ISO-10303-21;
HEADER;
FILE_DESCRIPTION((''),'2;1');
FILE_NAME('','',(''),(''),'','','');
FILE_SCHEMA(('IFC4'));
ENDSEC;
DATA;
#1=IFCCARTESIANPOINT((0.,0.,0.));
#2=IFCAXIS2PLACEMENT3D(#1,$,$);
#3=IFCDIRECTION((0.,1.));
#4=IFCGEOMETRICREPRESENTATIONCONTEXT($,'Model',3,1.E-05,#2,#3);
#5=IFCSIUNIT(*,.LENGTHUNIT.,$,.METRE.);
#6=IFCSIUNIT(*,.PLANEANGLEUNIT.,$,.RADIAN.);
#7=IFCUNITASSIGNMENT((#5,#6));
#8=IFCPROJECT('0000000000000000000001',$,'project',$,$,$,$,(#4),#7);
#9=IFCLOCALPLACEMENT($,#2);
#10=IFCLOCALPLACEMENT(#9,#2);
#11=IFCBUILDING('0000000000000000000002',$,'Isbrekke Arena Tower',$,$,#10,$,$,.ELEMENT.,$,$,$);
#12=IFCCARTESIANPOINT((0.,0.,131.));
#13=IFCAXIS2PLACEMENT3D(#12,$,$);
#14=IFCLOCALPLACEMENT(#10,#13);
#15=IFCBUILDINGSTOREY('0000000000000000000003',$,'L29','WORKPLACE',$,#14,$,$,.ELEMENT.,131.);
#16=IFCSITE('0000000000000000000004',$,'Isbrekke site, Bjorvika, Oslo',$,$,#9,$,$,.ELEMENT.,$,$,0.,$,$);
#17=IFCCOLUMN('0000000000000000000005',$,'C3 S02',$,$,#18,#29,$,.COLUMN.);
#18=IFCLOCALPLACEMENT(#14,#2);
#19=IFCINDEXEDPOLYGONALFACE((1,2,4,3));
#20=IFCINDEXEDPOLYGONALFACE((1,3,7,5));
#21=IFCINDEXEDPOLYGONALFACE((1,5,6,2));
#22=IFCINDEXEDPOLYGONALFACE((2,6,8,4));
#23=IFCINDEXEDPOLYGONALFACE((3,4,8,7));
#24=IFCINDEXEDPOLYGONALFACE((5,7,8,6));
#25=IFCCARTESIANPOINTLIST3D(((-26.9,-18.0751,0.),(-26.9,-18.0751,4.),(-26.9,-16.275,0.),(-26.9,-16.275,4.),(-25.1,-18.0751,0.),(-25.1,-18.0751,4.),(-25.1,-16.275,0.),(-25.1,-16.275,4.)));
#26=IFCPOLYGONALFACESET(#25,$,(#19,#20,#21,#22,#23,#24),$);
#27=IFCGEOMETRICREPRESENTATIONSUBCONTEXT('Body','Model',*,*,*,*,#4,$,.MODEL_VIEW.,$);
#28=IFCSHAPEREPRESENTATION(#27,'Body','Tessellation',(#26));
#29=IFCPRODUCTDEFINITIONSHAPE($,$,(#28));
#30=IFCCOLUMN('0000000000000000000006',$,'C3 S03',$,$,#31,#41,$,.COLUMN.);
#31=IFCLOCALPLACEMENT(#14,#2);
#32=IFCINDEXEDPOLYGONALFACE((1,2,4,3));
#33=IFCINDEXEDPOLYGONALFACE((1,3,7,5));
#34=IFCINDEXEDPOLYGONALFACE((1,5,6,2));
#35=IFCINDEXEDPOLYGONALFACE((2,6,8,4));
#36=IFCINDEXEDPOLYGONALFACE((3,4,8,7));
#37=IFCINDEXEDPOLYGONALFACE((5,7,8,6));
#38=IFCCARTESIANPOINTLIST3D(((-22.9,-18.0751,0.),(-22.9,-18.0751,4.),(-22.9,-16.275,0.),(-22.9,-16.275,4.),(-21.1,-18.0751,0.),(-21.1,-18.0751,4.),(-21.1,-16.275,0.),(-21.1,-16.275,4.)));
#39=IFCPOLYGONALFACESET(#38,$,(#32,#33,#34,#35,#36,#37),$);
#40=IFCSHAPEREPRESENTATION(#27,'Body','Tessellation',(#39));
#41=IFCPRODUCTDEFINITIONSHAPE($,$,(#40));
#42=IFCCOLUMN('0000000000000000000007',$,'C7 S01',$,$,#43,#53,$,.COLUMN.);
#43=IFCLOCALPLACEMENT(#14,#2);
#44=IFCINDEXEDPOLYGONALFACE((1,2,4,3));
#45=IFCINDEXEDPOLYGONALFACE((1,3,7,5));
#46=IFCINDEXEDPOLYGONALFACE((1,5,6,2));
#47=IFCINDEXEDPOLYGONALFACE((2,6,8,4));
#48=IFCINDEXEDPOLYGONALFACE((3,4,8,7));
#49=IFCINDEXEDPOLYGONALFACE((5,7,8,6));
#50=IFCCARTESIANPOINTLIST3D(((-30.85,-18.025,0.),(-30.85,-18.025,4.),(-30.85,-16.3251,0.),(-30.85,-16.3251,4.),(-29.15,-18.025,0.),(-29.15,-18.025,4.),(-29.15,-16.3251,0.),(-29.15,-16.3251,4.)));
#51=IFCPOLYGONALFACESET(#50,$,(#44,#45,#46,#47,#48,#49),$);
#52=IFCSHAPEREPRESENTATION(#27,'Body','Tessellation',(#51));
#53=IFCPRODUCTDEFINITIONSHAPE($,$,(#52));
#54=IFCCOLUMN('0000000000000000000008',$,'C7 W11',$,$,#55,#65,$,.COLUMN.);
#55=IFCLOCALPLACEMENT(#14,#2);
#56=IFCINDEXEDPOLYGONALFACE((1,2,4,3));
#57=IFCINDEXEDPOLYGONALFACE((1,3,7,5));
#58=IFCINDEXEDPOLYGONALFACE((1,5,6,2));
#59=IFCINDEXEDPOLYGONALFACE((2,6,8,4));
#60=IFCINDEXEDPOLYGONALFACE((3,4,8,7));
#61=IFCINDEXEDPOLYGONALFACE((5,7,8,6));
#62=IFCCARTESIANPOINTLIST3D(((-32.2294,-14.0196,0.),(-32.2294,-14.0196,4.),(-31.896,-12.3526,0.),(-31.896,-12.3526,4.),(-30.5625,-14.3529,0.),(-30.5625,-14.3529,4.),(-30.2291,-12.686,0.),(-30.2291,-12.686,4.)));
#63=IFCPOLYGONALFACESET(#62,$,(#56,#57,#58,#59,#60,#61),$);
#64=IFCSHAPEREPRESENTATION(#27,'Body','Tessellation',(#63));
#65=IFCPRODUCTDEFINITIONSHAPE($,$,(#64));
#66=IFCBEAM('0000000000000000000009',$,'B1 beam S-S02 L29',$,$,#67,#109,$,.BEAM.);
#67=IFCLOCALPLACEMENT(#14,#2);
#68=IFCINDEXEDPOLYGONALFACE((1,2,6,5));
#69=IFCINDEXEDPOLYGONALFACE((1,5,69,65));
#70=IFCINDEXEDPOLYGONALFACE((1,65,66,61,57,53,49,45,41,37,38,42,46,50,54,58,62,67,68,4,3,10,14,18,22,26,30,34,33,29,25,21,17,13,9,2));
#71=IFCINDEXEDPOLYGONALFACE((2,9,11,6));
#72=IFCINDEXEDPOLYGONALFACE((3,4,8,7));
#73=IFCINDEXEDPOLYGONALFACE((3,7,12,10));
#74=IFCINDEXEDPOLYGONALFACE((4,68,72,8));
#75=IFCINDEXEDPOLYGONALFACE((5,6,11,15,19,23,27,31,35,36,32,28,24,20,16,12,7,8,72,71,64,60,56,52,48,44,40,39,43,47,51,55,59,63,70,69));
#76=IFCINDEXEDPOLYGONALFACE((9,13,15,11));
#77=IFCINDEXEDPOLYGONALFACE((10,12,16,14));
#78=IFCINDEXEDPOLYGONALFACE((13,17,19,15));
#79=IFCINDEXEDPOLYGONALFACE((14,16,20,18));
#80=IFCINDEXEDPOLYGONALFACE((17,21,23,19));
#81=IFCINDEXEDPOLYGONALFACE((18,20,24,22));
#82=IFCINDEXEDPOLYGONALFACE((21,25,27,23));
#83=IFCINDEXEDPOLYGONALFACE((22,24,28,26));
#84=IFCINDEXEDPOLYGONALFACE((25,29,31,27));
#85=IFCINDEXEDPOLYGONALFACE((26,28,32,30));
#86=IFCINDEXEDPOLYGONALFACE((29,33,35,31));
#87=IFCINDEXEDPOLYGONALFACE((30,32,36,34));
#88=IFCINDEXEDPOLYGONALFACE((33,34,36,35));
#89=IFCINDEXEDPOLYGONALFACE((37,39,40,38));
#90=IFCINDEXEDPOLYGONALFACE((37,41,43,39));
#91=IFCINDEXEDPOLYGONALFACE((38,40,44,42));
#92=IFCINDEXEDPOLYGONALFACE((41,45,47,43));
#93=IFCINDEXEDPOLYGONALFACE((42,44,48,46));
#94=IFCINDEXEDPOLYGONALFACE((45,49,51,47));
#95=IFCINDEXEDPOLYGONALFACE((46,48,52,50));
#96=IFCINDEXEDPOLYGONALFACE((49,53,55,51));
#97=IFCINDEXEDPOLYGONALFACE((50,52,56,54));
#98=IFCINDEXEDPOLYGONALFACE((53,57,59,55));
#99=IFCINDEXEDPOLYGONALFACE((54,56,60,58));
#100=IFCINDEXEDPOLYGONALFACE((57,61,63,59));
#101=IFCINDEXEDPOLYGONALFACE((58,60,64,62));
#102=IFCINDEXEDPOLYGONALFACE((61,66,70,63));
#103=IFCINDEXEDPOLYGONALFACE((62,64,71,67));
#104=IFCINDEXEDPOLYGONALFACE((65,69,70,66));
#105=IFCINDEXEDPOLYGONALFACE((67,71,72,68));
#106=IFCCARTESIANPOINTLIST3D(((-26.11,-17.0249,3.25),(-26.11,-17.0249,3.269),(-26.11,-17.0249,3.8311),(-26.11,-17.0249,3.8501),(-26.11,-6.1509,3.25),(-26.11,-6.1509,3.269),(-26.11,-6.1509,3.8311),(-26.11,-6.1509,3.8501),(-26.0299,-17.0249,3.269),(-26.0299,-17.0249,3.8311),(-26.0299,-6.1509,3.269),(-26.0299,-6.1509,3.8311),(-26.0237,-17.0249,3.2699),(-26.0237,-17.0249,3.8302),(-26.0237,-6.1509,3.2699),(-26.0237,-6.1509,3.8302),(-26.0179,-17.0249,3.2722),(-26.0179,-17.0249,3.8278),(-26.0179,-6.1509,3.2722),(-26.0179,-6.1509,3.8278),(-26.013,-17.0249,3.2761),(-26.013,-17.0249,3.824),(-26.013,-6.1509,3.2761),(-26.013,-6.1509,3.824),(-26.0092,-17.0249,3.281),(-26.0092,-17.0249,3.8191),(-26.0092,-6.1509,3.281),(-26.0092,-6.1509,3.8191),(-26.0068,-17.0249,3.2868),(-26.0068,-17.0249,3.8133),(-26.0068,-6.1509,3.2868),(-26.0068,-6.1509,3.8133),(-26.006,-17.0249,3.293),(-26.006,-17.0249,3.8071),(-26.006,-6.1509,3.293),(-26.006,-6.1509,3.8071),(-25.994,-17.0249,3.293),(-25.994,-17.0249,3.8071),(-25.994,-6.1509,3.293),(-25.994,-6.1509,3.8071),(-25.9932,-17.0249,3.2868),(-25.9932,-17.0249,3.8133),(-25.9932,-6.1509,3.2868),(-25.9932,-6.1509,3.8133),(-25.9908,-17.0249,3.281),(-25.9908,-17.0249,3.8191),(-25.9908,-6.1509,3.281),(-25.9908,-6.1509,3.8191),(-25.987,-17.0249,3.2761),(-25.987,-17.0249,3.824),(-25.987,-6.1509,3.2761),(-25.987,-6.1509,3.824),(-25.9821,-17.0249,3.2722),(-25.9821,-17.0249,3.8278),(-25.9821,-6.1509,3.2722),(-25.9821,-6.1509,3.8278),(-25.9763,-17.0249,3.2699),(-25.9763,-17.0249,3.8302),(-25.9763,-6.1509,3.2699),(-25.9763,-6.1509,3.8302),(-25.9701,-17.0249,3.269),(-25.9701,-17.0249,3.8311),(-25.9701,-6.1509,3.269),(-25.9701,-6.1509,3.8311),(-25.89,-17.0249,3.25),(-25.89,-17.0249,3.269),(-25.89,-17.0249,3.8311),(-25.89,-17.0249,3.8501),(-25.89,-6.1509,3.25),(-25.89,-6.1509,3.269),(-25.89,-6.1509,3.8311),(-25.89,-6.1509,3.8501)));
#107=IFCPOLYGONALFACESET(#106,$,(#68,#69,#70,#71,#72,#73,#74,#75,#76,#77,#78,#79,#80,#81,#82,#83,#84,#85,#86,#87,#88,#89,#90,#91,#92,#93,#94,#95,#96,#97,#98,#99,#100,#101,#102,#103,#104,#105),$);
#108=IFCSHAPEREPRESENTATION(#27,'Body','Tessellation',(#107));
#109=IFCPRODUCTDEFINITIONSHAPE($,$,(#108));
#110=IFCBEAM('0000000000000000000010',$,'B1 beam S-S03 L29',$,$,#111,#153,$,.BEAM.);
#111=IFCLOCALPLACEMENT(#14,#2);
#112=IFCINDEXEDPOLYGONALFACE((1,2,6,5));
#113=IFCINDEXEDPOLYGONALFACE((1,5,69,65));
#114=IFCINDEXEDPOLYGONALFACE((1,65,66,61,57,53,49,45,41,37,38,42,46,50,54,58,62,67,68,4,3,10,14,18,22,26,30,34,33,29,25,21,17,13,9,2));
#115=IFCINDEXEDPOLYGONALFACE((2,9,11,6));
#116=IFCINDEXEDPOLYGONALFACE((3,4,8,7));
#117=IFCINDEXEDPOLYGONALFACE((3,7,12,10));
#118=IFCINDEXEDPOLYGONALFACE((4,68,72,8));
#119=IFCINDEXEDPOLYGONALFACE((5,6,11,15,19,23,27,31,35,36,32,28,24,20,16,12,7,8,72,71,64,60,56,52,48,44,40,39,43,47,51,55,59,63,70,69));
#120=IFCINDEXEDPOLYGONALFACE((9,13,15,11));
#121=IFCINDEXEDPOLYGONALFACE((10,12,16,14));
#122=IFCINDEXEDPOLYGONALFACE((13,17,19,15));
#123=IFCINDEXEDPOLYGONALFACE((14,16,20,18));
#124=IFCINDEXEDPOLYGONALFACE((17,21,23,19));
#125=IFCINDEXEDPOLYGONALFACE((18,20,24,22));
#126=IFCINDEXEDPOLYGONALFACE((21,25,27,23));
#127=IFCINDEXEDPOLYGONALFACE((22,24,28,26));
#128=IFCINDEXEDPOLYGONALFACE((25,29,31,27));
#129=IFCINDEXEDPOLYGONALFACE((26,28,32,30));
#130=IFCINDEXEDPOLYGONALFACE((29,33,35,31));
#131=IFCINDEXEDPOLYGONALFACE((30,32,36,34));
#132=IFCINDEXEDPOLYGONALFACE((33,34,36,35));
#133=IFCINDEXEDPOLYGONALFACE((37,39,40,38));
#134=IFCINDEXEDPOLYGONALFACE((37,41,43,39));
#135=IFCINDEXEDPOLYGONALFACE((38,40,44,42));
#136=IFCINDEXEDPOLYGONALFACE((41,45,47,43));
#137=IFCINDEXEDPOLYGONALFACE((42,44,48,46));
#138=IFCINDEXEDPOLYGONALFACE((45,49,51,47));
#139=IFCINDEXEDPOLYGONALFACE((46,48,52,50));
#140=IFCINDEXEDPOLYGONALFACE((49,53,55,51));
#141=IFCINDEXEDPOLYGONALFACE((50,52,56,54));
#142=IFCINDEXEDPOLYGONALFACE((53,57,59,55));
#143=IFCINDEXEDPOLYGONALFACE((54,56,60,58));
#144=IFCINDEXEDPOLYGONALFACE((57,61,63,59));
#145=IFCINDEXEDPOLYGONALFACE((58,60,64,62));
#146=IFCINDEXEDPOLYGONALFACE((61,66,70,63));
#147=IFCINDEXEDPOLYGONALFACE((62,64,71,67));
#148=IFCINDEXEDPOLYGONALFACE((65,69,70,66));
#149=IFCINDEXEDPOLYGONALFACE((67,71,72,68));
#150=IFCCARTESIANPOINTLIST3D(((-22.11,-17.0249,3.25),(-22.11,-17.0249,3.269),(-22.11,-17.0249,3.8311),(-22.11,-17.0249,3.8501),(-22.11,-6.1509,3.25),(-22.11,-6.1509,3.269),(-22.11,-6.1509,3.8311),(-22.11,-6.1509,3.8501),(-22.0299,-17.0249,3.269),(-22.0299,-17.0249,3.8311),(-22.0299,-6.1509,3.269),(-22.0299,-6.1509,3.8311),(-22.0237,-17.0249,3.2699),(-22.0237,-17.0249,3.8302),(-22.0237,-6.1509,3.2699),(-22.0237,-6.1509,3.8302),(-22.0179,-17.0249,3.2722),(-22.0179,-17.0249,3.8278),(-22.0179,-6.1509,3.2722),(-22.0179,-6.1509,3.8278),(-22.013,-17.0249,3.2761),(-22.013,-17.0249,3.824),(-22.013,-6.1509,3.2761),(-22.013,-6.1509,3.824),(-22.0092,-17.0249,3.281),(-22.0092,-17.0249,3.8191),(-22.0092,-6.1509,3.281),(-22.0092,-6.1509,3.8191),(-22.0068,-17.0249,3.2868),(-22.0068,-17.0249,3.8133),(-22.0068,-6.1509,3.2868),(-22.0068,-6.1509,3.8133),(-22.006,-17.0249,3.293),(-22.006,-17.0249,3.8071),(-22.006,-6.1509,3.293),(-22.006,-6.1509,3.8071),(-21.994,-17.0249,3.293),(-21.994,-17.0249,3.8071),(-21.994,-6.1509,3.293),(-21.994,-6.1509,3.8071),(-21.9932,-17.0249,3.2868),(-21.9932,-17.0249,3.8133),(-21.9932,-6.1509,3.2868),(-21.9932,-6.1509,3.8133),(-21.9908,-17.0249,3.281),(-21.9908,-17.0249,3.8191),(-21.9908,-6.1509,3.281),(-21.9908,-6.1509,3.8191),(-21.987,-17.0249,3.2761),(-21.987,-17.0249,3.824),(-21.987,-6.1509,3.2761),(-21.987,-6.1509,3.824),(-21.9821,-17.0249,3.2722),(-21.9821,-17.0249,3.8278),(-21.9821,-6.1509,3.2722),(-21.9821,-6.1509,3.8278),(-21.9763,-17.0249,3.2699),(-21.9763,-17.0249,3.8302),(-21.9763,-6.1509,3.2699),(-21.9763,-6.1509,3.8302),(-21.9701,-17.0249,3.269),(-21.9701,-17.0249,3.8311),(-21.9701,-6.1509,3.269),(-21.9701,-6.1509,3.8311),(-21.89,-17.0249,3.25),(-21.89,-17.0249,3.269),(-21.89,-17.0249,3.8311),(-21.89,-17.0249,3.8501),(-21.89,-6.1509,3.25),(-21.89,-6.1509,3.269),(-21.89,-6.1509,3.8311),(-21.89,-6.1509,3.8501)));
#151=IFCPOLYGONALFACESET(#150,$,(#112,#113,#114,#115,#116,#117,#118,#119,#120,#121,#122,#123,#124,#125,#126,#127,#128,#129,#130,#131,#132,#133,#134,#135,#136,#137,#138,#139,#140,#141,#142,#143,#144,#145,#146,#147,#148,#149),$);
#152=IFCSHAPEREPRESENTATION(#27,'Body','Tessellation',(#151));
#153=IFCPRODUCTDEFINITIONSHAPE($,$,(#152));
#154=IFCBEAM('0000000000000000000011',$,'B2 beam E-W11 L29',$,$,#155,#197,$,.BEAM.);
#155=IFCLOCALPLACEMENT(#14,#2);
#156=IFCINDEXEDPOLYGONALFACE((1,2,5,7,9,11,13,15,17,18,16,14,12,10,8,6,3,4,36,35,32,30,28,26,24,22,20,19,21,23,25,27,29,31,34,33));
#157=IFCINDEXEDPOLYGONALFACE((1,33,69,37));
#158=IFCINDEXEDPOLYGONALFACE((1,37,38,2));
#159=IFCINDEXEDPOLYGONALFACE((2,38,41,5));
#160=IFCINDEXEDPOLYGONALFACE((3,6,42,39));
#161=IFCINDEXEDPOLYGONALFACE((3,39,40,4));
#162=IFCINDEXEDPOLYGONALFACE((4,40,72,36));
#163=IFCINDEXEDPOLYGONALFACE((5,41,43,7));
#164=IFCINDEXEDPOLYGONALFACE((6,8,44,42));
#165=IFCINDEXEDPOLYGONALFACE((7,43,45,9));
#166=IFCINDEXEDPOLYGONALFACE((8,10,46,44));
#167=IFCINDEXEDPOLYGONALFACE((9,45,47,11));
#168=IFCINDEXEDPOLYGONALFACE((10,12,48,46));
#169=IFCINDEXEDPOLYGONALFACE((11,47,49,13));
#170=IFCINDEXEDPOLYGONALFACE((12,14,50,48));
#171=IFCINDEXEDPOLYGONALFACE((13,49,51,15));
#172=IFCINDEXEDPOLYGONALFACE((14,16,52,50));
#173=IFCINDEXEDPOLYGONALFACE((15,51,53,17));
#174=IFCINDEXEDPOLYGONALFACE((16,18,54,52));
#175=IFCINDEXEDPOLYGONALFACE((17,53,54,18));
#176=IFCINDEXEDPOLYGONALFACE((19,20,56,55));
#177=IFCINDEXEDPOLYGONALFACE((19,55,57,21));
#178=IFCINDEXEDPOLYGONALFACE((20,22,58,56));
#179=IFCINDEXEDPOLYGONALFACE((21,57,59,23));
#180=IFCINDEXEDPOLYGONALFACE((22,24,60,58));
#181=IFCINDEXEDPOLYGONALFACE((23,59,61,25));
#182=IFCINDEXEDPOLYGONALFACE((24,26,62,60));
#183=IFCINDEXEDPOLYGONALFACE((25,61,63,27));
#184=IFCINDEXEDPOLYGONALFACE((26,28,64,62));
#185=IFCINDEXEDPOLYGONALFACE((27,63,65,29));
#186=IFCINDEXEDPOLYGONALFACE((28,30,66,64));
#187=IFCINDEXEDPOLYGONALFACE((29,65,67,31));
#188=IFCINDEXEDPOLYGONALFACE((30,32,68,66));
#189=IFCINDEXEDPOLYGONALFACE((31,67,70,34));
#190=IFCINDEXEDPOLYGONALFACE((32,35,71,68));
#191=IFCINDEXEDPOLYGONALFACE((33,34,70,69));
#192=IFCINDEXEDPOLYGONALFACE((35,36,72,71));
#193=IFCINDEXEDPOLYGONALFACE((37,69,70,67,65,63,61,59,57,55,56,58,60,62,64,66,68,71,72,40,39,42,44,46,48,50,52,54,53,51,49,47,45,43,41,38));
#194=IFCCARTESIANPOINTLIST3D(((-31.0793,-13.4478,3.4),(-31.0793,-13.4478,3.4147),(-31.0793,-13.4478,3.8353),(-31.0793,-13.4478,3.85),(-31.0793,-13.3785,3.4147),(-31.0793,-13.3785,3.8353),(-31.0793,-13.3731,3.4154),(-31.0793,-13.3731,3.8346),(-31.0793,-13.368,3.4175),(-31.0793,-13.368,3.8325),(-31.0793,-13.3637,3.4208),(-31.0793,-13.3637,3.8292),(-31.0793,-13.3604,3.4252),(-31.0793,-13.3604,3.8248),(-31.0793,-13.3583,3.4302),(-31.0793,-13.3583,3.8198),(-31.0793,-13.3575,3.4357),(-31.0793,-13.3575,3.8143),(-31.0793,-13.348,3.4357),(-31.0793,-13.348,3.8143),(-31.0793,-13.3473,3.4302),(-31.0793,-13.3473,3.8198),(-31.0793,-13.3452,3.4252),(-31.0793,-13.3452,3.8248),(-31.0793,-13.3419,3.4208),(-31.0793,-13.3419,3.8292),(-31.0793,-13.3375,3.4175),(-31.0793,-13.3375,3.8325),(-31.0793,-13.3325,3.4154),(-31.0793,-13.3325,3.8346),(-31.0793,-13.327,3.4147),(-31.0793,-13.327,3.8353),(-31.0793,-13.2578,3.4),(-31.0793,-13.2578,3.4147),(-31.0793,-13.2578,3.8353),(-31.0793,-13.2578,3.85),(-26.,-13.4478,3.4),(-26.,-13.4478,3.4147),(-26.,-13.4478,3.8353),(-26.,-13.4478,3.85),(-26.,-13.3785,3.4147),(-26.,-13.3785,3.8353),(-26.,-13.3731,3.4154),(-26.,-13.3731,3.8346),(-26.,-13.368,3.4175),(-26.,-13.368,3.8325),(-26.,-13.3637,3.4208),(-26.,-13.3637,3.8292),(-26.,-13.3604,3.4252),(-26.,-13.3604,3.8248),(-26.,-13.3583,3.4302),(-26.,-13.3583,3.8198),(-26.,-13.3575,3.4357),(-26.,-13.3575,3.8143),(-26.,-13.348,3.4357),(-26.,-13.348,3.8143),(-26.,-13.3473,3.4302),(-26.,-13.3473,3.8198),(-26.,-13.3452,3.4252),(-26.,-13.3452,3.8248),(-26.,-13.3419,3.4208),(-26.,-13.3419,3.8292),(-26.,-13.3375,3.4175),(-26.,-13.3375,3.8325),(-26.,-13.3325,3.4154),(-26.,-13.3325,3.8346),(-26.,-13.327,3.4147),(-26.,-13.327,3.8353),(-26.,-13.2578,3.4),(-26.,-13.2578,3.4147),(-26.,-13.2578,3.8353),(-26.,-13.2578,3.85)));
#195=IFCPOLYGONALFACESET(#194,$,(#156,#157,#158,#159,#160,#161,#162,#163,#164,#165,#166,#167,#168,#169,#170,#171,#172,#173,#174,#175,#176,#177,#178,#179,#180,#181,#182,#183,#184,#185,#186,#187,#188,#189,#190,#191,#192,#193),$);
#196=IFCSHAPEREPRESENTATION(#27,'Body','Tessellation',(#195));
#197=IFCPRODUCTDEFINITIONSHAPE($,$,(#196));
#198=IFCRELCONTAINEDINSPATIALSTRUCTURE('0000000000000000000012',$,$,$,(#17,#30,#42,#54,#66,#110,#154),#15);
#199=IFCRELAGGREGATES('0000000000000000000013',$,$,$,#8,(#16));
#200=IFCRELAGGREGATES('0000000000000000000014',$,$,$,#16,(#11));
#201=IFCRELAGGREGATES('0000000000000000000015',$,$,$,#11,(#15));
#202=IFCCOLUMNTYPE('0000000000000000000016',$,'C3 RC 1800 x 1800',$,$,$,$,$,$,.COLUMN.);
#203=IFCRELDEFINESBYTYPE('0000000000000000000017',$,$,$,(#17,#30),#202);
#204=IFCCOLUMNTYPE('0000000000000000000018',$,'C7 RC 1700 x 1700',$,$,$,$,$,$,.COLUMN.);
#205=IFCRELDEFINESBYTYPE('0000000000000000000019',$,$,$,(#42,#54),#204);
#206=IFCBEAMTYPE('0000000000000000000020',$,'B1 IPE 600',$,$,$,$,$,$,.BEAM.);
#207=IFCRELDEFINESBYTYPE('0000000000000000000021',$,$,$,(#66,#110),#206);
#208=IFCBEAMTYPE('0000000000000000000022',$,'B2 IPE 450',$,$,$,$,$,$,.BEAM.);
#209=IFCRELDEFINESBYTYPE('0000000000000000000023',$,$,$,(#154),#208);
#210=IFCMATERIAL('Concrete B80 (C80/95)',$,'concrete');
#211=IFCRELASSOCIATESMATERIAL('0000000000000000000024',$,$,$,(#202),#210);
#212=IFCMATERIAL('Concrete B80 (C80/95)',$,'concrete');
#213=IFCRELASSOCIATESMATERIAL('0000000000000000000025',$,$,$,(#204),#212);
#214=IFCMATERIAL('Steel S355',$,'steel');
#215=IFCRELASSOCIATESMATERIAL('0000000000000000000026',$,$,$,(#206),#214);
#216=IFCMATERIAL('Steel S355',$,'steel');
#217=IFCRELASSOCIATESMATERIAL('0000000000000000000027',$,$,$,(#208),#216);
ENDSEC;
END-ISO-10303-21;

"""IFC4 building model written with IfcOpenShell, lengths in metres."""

from ifc_helpers import new_model, si_unit, direction, frame, origin, origin_2d, place, context, subcontext, project, spatial, rectangle, i_section, extrude, material, material_profile, profile_set, type_object, element, save


model = new_model("IFC4")

# Units and contexts
model_context = context("Model", 3, precision=1e-05, world=origin(), true_north=direction((0.0, 1.0)))
body_context = subcontext(model_context, "Body", "Model", "MODEL_VIEW")
ifc_project = project(units=[si_unit("LENGTHUNIT", "METRE"), si_unit("PLANEANGLEUNIT", "RADIAN")], contexts=[model_context])

# Site, building, storey
site_placement = place(None, origin())
site = spatial("IfcSite", under=ifc_project, at=site_placement, Name="Isbrekke site, Bjorvika, Oslo", CompositionType="ELEMENT", RefElevation=0.0)
building_placement = place(site_placement, origin())
building = spatial("IfcBuilding", under=site, at=building_placement, Name="Isbrekke Arena Tower", CompositionType="ELEMENT")
storey_placement = place(building_placement, frame((0.0, 0.0, 131.0)))
storey = spatial("IfcBuildingStorey", under=building, at=storey_placement, Name="L29", Description="WORKPLACE", CompositionType="ELEMENT", Elevation=131.0)

# Columns
ifc_material_1 = material(Name="Concrete B80 (C80/95)", Category="concrete")
ifc_material_profile_1 = material_profile(ifc_material_1, rectangle(XDim=1.8, YDim=1.8, at=origin_2d()), Name="RC 1800x1800")
ifc_profile_set_1 = profile_set([ifc_material_profile_1], Name="Concrete B80 (C80/95)")
column_type_1 = type_object("IfcColumnType", Name="C3 RC 1800 x 1800", PredefinedType="COLUMN", material=ifc_profile_set_1)
for number, where, z_axis, x_axis, name in (
    (1, (-26.0, -17.175, 0.0), (0.0, 0.0, 1.0), (1.0, 0.0, 0.0), "C3 S02"),
    (2, (-22.0, -17.175, 0.0), (0.0, 0.0, 1.0), (1.0, 0.0, 0.0), "C3 S03"),
):
    element("IfcColumn", number, at=place(storey_placement, frame(where, z_axis=z_axis, x_axis=x_axis)), inside=storey, type_object=column_type_1, Name=name, PredefinedType="COLUMN", context=body_context, shape_type="SweptSolid", body=[
        extrude(rectangle(XDim=1.8, YDim=1.8, at=origin_2d()), origin(), (0.0, 0.0, 1.0), 4.0),
    ])
ifc_material_2 = material(Name="Concrete B80 (C80/95)", Category="concrete")
ifc_material_profile_2 = material_profile(ifc_material_2, rectangle(XDim=1.7, YDim=1.7, at=origin_2d()), Name="RC 1700x1700")
ifc_profile_set_2 = profile_set([ifc_material_profile_2], Name="Concrete B80 (C80/95)")
column_type_2 = type_object("IfcColumnType", Name="C7 RC 1700 x 1700", PredefinedType="COLUMN", material=ifc_profile_set_2)
for number, where, z_axis, x_axis, name in (
    (3, (-30.0, -17.175, 0.0), (0.0, 0.0, 1.0), (1.0, 0.0, 0.0), "C7 S01"),
    (4, (-31.2292, -13.3528, 0.0), (0.0, 0.0, 1.0), (-0.196116, -0.980581, 0.0), "C7 W11"),
):
    element("IfcColumn", number, at=place(storey_placement, frame(where, z_axis=z_axis, x_axis=x_axis)), inside=storey, type_object=column_type_2, Name=name, PredefinedType="COLUMN", context=body_context, shape_type="SweptSolid", body=[
        extrude(rectangle(XDim=1.7, YDim=1.7, at=origin_2d()), origin(), (0.0, 0.0, 1.0), 4.0),
    ])

# Beams
ifc_material_3 = material(Name="Steel S355", Category="steel")
ifc_material_profile_3 = material_profile(ifc_material_3, i_section(OverallWidth=0.22, OverallDepth=0.6001, WebThickness=0.012, FlangeThickness=0.019, FilletRadius=0.0239, at=origin_2d()), Name="IPE 600")
ifc_profile_set_3 = profile_set([ifc_material_profile_3], Name="Steel S355")
beam_type_1 = type_object("IfcBeamType", Name="B1 IPE 600", PredefinedType="BEAM", material=ifc_profile_set_3)
for number, where, z_axis, x_axis, name in (
    (5, (-26.0, -17.0249, 3.55), (0.0, 1.0, 0.0), (-1.0, 0.0, 0.0), "B1 beam S-S02 L29"),
    (6, (-22.0, -17.0249, 3.55), (0.0, 1.0, 0.0), (-1.0, 0.0, 0.0), "B1 beam S-S03 L29"),
):
    element("IfcBeam", number, at=place(storey_placement, frame(where, z_axis=z_axis, x_axis=x_axis)), inside=storey, type_object=beam_type_1, Name=name, PredefinedType="BEAM", context=body_context, shape_type="SweptSolid", body=[
        extrude(i_section(OverallWidth=0.22, OverallDepth=0.6001, WebThickness=0.012, FlangeThickness=0.019, FilletRadius=0.0239, at=origin_2d()), origin(), (0.0, 0.0, 1.0), 10.874),
    ])
ifc_material_4 = material(Name="Steel S355", Category="steel")
ifc_material_profile_4 = material_profile(ifc_material_4, i_section(OverallWidth=0.1899, OverallDepth=0.45, WebThickness=0.0095, FlangeThickness=0.0146, FilletRadius=0.021, at=origin_2d()), Name="IPE 450")
ifc_profile_set_4 = profile_set([ifc_material_profile_4], Name="Steel S355")
beam_type_2 = type_object("IfcBeamType", Name="B2 IPE 450", PredefinedType="BEAM", material=ifc_profile_set_4)
beam_1_placement = place(storey_placement, frame((-31.0793, -13.3528, 3.625), z_axis=(1.0, 0.0, 0.0), x_axis=(0.0, 1.0, 0.0)))
element("IfcBeam", 7, at=beam_1_placement, inside=storey, type_object=beam_type_2, Name="B2 beam E-W11 L29", PredefinedType="BEAM", context=body_context, shape_type="SweptSolid", body=[
    extrude(i_section(OverallWidth=0.1899, OverallDepth=0.45, WebThickness=0.0095, FlangeThickness=0.0146, FilletRadius=0.021, at=origin_2d()), origin(), (0.0, 0.0, 1.0), 5.0793),
])

save(model, "model.ifc")
